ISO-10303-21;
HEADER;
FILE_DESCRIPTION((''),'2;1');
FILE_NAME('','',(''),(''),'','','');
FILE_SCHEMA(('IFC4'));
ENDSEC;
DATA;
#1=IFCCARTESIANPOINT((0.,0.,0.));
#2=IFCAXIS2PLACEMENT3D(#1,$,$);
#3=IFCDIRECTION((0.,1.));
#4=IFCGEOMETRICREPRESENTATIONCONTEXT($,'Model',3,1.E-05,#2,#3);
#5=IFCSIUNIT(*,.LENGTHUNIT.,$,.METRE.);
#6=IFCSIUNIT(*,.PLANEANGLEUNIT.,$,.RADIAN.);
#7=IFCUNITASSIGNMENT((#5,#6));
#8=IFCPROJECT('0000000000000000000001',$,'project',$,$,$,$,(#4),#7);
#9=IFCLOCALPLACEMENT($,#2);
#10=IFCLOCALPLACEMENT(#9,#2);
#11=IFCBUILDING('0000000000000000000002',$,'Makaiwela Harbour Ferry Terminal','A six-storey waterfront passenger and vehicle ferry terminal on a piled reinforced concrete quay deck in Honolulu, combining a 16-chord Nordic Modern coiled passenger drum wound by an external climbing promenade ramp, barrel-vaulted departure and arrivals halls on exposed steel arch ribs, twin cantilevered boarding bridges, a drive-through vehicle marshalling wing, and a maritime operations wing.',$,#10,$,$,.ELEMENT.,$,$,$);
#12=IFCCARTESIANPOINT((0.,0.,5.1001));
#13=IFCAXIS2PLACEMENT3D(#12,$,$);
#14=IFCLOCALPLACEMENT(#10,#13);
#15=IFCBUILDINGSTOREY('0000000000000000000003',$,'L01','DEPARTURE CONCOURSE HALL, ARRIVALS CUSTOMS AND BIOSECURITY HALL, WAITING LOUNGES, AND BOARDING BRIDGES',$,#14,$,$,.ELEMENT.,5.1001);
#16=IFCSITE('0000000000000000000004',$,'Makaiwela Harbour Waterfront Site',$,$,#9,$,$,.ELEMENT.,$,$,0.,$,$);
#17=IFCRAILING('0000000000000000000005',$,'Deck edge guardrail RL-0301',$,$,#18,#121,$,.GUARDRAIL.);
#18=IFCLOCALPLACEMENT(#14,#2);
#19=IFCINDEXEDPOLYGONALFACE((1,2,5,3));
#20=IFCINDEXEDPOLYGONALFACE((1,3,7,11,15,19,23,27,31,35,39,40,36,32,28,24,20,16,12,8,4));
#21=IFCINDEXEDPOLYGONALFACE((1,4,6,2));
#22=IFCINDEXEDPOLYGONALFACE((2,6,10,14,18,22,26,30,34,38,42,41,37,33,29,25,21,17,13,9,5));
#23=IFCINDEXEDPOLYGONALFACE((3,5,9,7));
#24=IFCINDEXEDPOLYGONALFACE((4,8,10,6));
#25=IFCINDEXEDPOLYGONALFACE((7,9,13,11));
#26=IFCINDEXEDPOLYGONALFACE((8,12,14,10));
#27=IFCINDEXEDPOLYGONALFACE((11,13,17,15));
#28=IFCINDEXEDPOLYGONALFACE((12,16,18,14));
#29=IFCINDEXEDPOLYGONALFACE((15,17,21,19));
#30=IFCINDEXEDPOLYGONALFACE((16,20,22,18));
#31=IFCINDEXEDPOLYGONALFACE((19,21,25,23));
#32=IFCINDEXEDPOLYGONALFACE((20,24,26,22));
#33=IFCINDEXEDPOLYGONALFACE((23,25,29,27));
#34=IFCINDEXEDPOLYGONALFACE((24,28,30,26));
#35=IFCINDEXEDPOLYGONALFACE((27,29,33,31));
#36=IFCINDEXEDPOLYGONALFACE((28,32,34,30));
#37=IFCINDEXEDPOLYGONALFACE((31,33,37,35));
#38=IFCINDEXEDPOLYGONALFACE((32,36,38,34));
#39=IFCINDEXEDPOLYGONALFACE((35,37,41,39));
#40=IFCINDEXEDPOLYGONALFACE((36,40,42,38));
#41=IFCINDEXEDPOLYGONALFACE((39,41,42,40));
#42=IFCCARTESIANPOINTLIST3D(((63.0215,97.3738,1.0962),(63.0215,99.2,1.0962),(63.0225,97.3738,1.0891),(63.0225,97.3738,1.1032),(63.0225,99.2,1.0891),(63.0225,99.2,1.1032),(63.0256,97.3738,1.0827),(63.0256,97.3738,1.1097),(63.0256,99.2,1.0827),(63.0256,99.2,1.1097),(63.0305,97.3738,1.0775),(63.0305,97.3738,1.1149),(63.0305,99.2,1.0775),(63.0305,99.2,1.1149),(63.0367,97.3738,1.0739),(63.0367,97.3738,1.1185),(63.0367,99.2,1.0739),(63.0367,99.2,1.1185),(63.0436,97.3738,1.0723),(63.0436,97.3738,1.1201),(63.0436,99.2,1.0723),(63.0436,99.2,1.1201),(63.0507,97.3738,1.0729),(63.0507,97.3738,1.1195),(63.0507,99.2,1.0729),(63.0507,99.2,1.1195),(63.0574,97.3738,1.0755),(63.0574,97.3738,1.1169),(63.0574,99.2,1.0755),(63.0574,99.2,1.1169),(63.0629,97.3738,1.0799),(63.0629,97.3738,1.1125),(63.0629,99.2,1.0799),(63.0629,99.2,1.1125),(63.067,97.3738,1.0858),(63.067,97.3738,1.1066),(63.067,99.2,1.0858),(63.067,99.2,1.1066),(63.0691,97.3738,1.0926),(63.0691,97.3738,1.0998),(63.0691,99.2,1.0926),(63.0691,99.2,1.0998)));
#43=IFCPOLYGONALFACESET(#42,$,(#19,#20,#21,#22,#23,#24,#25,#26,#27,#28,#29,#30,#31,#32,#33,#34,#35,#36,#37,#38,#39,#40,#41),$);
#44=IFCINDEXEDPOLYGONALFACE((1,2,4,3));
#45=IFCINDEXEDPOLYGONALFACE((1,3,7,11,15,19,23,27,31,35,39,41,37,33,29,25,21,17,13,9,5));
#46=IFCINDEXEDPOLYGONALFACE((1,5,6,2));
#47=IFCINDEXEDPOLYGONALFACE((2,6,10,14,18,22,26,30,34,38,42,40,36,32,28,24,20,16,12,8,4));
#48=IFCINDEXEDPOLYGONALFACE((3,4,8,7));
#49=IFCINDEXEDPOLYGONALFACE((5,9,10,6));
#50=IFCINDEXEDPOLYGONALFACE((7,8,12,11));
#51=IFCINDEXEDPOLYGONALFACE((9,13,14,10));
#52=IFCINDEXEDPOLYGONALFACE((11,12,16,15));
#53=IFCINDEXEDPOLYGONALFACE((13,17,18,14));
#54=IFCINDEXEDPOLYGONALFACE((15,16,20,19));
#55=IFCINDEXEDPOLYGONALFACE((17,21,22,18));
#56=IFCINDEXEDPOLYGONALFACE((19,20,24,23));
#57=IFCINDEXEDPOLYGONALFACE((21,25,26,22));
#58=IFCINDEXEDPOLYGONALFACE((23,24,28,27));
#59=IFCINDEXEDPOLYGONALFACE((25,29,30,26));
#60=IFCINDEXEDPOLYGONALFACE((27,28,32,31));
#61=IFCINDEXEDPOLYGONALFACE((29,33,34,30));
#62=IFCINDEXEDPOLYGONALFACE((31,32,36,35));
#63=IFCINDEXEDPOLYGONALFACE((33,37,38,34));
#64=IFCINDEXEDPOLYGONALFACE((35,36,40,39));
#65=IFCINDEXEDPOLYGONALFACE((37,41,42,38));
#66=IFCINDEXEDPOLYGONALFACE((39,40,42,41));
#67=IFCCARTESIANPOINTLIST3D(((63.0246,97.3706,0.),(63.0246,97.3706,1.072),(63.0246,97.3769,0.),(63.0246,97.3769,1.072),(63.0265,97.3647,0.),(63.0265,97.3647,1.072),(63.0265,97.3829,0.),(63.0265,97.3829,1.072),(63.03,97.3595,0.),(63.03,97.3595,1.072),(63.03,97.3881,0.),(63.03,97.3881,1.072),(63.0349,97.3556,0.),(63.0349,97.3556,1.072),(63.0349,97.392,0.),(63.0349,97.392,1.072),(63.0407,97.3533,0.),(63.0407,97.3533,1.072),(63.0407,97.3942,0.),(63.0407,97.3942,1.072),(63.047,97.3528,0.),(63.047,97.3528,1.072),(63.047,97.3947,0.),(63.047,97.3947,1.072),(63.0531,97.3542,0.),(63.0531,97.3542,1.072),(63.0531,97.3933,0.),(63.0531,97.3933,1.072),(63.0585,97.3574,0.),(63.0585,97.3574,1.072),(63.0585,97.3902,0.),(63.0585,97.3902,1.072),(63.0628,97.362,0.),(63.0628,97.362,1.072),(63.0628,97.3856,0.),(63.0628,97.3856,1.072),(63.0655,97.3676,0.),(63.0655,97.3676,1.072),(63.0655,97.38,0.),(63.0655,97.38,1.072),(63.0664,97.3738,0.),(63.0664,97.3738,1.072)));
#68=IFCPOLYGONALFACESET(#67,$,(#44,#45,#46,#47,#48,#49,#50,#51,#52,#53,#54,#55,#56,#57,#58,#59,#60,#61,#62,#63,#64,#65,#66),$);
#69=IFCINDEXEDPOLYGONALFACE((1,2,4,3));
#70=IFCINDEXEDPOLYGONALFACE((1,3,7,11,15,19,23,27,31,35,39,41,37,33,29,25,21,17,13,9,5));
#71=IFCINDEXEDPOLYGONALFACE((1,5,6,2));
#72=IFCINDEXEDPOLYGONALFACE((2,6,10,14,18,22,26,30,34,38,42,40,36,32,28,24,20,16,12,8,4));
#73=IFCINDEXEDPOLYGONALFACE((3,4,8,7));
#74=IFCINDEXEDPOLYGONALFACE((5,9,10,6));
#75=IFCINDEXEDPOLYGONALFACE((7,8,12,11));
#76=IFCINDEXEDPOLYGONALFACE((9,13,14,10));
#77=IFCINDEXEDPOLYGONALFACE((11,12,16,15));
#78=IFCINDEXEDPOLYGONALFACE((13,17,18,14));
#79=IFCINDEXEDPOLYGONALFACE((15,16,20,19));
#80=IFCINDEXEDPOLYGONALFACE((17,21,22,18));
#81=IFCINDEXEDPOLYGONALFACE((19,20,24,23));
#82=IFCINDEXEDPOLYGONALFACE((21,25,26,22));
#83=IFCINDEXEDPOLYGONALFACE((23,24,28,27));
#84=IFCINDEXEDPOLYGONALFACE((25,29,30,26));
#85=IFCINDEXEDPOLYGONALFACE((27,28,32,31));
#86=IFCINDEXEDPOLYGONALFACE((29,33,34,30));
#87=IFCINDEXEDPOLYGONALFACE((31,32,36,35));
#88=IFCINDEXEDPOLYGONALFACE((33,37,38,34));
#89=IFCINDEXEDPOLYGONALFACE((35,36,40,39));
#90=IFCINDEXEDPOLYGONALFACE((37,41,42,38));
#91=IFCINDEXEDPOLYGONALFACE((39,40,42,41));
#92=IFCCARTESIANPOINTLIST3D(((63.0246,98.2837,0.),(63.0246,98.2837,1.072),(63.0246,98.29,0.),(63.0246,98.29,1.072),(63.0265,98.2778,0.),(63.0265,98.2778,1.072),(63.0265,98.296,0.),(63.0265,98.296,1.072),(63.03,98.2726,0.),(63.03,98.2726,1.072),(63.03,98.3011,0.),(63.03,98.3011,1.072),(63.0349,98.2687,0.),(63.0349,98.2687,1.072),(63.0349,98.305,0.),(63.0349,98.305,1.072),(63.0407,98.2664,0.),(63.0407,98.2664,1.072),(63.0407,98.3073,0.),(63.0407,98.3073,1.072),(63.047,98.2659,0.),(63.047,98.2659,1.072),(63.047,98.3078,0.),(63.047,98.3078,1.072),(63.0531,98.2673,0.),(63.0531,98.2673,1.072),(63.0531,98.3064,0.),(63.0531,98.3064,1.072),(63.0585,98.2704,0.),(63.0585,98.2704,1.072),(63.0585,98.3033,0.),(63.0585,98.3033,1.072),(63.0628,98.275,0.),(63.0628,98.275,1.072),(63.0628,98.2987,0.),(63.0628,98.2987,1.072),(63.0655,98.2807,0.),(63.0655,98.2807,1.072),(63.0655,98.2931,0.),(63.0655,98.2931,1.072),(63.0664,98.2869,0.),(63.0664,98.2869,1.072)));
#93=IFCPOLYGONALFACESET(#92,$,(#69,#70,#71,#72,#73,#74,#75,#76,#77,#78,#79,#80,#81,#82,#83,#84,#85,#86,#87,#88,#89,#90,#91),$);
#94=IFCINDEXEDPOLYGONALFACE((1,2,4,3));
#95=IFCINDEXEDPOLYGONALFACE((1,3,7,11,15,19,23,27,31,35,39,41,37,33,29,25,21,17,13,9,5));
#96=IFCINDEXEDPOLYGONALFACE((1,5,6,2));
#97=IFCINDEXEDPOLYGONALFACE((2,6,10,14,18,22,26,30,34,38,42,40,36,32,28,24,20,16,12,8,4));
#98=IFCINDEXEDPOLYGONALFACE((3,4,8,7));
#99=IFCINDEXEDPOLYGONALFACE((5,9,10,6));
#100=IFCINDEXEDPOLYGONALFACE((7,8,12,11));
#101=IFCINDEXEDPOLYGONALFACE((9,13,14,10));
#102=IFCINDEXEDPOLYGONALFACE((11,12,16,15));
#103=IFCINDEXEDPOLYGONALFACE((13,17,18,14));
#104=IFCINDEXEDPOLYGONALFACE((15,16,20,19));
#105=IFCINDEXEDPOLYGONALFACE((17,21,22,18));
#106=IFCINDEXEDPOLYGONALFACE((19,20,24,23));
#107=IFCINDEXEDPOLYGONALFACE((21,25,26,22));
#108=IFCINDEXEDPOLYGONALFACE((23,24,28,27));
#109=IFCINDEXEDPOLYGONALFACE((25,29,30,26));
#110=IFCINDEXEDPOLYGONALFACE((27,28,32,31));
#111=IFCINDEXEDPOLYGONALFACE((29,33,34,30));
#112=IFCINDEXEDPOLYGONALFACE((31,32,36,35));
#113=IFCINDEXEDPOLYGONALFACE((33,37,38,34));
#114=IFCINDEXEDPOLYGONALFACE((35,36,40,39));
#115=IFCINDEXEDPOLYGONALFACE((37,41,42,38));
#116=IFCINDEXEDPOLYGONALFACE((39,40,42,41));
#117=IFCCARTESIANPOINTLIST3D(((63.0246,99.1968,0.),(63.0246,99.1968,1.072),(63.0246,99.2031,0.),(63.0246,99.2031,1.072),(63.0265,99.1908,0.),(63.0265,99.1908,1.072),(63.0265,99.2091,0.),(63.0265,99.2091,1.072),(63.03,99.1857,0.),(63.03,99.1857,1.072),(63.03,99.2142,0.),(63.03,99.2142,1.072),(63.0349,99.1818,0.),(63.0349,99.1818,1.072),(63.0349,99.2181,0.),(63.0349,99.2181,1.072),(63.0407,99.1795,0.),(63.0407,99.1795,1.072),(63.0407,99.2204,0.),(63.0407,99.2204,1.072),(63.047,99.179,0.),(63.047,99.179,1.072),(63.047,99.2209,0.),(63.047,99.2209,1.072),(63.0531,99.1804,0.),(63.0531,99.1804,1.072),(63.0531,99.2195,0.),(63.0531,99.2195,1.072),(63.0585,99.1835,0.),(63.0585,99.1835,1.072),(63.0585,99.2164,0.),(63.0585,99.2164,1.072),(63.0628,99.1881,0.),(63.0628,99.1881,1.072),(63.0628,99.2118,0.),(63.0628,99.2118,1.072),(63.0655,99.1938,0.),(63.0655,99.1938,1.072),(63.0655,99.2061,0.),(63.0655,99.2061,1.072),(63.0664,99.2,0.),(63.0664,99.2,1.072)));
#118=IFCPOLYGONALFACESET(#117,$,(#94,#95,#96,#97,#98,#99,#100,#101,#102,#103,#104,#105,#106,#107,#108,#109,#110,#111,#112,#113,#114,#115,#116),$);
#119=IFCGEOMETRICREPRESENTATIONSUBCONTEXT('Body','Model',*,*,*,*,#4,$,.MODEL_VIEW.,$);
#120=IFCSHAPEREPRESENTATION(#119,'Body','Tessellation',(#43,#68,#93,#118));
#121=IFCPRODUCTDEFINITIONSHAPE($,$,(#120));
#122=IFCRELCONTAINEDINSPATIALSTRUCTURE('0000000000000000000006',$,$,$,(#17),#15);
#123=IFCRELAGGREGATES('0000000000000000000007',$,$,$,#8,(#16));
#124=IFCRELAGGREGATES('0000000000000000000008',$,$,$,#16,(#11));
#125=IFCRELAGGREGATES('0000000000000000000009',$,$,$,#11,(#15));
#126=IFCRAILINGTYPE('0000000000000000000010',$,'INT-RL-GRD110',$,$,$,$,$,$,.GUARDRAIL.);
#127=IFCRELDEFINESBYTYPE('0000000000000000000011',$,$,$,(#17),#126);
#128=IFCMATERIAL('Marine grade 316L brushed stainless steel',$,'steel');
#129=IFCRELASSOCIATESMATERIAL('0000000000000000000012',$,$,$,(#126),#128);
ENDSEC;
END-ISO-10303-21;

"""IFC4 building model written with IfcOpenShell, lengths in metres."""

from ifc_helpers import new_model, si_unit, direction, frame, origin, origin_2d, place, context, subcontext, project, spatial, circle, extrude, material, type_object, element, save


model = new_model("IFC4")

# Units and contexts
model_context = context("Model", 3, precision=1e-05, world=origin(), true_north=direction((0.0, 1.0)))
body_context = subcontext(model_context, "Body", "Model", "MODEL_VIEW")
ifc_project = project(units=[si_unit("LENGTHUNIT", "METRE"), si_unit("PLANEANGLEUNIT", "RADIAN")], contexts=[model_context])

# Site, building, storey
site_placement = place(None, origin())
site = spatial("IfcSite", under=ifc_project, at=site_placement, Name="Makaiwela Harbour Waterfront Site", CompositionType="ELEMENT", RefElevation=0.0)
building_placement = place(site_placement, origin())
building = spatial("IfcBuilding", under=site, at=building_placement, Name="Makaiwela Harbour Ferry Terminal", Description="A six-storey waterfront passenger and vehicle ferry terminal on a piled reinforced concrete quay deck in Honolulu, combining a 16-chord Nordic Modern coiled passenger drum wound by an external climbing promenade ramp, barrel-vaulted departure and arrivals halls on exposed steel arch ribs, twin cantilevered boarding bridges, a drive-through vehicle marshalling wing, and a maritime operations wing.", CompositionType="ELEMENT")
storey_placement = place(building_placement, frame((0.0, 0.0, 5.1001)))
storey = spatial("IfcBuildingStorey", under=building, at=storey_placement, Name="L01", Description="DEPARTURE CONCOURSE HALL, ARRIVALS CUSTOMS AND BIOSECURITY HALL, WAITING LOUNGES, AND BOARDING BRIDGES", CompositionType="ELEMENT", Elevation=5.1001)

# Railing
ifc_material_1 = material(Name="Marine grade 316L brushed stainless steel", Category="steel")
railing_type = type_object("IfcRailingType", Name="INT-RL-GRD110", PredefinedType="GUARDRAIL", material=ifc_material_1)
railing_1_placement = place(storey_placement, frame((63.0454, 97.3738, 0.0)))
element("IfcRailing", 1, at=railing_1_placement, inside=storey, type_object=railing_type, Name="Deck edge guardrail RL-0301", PredefinedType="GUARDRAIL", context=body_context, shape_type="SweptSolid", body=[
    extrude(circle(Radius=0.0239, at=origin_2d()), frame((0.0, 0.0, 1.0962), z_axis=(0.0, 1.0, 0.0), x_axis=(-1.0, 0.0, 0.0)), (0.0, 0.0, 1.0), 1.8262),
    extrude(circle(Radius=0.021, at=origin_2d()), origin(), (0.0, 0.0, 1.0), 1.072),
    extrude(circle(Radius=0.021, at=origin_2d()), frame((0.0, 0.9131, 0.0)), (0.0, 0.0, 1.0), 1.072),
    extrude(circle(Radius=0.021, at=origin_2d()), frame((0.0, 1.8262, 0.0)), (0.0, 0.0, 1.0), 1.072),
])

save(model, "model.ifc")
